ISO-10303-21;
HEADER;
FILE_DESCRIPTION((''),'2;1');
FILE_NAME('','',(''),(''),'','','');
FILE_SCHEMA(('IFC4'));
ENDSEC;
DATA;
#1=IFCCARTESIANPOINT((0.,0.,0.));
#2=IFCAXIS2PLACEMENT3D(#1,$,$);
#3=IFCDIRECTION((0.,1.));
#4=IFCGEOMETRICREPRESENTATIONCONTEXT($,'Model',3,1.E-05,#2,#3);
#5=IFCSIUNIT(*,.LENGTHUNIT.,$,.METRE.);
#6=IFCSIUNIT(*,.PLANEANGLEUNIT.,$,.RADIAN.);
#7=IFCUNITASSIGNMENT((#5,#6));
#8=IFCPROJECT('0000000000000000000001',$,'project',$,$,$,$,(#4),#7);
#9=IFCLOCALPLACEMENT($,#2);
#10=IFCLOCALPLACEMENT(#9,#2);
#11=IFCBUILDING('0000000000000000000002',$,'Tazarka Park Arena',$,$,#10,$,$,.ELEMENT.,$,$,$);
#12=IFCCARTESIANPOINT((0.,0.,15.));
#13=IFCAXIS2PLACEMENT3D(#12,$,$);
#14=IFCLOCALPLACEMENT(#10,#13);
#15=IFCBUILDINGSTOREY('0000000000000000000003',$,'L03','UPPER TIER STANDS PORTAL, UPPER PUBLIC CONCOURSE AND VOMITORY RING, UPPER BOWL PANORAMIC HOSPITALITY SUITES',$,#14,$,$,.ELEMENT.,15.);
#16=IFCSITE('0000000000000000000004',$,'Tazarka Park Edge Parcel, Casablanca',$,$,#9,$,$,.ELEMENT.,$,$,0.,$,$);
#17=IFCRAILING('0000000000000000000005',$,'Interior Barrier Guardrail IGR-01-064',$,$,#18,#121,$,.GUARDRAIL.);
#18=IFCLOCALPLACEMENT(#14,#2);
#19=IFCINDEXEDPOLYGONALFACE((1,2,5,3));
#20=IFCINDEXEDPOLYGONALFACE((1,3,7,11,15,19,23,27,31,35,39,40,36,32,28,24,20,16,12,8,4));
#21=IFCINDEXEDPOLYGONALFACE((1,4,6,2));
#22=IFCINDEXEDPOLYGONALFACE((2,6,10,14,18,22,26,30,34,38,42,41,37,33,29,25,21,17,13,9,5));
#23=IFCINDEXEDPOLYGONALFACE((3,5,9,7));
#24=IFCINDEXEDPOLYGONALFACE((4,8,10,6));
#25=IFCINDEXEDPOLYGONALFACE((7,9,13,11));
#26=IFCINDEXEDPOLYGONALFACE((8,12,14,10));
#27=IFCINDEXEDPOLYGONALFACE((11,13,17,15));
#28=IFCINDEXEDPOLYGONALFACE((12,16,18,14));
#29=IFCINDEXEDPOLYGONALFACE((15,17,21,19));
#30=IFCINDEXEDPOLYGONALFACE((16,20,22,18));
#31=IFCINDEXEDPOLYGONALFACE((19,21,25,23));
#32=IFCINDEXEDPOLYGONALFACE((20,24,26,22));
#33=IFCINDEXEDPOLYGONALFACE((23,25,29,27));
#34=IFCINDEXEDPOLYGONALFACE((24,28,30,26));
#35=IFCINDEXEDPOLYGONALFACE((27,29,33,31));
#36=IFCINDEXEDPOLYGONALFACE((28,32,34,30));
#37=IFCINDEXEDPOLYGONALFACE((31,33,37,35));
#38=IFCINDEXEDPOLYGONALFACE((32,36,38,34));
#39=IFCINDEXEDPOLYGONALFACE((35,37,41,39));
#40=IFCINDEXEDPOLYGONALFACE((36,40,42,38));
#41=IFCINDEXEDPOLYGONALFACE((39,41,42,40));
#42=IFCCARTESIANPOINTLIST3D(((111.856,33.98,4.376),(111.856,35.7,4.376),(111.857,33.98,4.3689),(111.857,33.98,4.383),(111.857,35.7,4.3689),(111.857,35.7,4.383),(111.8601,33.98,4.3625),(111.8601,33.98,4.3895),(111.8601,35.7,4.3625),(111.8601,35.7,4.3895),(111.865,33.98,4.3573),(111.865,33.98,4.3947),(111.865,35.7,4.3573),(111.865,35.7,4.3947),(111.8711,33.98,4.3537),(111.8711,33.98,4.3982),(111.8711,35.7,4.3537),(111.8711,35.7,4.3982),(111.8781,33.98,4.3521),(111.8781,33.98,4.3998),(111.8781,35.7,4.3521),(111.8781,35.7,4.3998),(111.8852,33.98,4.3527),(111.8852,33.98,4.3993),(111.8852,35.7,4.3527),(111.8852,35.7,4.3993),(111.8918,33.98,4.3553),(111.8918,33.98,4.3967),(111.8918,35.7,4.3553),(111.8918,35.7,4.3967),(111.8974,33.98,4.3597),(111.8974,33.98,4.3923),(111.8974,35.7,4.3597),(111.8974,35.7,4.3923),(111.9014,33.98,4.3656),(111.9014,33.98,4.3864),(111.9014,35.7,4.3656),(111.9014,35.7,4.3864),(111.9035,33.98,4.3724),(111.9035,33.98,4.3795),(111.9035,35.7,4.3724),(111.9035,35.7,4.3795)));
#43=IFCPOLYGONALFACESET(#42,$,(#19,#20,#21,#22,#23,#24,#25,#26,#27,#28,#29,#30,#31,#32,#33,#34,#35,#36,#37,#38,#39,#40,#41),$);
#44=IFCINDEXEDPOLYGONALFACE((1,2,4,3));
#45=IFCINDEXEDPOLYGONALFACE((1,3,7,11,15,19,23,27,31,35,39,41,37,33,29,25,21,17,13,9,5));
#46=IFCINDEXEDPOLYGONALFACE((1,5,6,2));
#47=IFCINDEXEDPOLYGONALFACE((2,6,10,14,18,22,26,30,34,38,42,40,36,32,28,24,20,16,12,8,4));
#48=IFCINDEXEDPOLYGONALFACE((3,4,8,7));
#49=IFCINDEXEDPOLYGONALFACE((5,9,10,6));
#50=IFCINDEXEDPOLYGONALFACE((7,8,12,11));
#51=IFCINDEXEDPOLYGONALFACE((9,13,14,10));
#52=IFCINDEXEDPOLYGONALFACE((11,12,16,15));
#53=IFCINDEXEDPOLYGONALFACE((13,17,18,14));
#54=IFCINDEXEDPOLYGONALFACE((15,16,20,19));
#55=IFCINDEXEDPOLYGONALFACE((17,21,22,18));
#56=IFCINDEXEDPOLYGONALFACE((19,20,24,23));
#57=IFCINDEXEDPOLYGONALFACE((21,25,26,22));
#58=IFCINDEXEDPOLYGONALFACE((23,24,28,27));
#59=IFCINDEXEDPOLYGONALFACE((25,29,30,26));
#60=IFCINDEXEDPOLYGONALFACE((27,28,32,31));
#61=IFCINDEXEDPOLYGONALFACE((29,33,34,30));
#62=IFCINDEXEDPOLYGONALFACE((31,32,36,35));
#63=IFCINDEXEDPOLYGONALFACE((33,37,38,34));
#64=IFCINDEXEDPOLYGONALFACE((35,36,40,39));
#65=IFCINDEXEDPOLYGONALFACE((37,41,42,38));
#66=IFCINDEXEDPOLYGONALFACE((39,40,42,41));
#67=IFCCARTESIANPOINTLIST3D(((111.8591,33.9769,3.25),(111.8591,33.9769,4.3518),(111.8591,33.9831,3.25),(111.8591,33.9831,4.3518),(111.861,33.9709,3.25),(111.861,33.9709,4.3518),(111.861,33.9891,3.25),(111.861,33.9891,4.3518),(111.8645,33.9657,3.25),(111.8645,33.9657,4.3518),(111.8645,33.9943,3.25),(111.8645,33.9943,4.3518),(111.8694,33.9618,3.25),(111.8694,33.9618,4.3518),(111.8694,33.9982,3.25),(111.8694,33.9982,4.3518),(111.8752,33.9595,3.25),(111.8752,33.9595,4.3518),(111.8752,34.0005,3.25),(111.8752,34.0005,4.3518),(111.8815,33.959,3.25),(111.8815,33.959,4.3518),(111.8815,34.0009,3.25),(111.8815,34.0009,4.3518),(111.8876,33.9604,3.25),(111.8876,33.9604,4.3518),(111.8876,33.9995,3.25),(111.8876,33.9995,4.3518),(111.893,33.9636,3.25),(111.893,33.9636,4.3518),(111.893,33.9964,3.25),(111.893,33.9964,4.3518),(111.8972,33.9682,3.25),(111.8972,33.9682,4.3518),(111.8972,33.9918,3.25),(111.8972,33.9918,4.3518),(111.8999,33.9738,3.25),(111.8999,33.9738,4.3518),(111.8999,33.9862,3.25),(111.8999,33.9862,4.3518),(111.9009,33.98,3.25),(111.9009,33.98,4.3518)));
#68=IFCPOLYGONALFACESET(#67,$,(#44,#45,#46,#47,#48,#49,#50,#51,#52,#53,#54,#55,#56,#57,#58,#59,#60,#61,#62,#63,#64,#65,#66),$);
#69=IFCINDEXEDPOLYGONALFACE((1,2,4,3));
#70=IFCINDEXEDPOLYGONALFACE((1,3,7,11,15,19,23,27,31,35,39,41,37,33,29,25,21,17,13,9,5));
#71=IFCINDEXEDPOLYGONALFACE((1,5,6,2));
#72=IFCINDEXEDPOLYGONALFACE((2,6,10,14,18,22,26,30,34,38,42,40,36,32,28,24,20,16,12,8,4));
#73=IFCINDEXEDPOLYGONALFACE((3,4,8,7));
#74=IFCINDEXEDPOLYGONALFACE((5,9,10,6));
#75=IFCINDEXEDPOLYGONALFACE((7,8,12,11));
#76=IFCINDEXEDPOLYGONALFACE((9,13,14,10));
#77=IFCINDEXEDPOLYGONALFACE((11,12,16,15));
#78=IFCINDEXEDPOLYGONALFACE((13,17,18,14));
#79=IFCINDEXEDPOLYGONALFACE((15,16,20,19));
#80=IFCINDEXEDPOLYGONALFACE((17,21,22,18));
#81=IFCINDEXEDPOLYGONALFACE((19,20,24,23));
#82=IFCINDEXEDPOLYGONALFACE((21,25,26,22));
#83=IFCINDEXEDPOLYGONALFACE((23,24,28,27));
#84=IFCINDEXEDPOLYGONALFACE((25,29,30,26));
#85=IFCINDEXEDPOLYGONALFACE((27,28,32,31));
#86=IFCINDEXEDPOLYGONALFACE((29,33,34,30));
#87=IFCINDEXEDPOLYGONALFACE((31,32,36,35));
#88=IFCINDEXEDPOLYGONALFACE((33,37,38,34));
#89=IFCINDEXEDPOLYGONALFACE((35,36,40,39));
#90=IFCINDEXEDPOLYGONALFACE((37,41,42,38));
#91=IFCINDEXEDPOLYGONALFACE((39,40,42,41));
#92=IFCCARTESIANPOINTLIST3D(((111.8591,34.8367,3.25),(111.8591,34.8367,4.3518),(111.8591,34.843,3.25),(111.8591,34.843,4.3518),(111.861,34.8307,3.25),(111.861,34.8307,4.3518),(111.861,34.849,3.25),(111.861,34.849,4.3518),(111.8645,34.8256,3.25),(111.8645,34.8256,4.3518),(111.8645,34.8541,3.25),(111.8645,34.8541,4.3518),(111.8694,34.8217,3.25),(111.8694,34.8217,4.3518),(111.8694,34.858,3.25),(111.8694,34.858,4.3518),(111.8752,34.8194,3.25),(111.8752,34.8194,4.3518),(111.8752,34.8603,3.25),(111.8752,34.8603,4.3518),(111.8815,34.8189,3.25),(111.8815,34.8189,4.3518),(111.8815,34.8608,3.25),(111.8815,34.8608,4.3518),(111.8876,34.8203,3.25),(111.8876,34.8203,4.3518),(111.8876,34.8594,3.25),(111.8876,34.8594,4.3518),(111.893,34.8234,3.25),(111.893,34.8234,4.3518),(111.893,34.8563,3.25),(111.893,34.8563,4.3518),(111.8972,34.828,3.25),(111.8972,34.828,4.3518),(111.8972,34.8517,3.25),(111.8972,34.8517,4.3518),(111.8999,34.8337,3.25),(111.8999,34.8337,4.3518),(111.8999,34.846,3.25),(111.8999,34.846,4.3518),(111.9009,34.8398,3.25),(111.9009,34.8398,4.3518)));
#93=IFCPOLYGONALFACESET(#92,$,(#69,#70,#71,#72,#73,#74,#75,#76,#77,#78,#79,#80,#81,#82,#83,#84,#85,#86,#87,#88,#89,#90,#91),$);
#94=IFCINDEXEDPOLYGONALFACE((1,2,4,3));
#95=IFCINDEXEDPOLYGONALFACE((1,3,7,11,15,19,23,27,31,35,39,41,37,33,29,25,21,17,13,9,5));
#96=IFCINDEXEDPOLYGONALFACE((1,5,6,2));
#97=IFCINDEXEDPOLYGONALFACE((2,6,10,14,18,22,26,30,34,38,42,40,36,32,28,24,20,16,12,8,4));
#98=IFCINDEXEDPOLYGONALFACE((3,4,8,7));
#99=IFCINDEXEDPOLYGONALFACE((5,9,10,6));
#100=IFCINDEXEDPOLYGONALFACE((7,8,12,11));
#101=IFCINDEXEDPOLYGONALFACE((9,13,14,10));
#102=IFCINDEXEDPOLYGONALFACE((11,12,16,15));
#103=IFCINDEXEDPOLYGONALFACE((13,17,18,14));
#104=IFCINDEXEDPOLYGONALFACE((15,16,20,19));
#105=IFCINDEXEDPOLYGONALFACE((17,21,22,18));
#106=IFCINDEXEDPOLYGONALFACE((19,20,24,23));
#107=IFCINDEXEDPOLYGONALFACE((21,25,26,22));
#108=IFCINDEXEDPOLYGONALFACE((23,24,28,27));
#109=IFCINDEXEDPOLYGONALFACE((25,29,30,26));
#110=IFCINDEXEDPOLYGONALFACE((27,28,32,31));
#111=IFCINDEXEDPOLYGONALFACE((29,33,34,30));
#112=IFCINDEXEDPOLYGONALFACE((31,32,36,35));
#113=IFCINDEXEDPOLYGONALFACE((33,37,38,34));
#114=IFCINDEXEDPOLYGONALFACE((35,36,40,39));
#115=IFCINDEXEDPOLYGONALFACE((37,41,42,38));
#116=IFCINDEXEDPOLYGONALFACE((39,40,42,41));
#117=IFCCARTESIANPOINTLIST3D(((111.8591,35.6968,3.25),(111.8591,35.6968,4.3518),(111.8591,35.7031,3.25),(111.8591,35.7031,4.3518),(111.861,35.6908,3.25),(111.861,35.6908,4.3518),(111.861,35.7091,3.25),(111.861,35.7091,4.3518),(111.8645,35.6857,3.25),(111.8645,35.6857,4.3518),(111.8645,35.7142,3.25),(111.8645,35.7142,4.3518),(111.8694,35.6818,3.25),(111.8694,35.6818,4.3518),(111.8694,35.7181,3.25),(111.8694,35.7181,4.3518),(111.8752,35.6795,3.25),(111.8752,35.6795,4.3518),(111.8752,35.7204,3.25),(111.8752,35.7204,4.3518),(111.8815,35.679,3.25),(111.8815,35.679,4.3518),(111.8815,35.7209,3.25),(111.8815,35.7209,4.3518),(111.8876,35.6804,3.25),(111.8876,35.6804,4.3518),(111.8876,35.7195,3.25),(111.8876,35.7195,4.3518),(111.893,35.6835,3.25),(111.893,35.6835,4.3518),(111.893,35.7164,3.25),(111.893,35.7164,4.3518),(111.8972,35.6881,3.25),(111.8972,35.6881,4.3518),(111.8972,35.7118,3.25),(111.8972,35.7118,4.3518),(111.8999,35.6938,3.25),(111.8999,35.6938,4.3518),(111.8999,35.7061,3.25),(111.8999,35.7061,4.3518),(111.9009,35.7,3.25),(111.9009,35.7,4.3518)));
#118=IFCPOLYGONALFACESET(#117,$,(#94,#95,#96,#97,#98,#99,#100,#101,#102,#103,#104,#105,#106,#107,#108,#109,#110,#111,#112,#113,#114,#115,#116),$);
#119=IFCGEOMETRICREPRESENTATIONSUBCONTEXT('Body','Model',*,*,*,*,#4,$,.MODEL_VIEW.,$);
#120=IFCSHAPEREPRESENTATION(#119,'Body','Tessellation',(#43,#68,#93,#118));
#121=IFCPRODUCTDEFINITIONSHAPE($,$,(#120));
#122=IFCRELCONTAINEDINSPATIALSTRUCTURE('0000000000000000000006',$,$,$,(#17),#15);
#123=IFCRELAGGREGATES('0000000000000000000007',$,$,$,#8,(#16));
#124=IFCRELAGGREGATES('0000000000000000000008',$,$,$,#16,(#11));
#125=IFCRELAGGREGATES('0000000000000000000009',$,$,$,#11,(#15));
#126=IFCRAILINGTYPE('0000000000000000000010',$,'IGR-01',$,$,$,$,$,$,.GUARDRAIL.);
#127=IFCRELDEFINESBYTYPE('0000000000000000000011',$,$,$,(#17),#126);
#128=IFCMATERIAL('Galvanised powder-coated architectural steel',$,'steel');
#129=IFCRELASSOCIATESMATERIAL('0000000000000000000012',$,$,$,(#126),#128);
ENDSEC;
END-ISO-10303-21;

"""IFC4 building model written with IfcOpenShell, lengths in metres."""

from ifc_helpers import new_model, si_unit, direction, frame, origin, origin_2d, place, context, subcontext, project, spatial, circle, extrude, material, type_object, element, save


model = new_model("IFC4")

# Units and contexts
model_context = context("Model", 3, precision=1e-05, world=origin(), true_north=direction((0.0, 1.0)))
body_context = subcontext(model_context, "Body", "Model", "MODEL_VIEW")
ifc_project = project(units=[si_unit("LENGTHUNIT", "METRE"), si_unit("PLANEANGLEUNIT", "RADIAN")], contexts=[model_context])

# Site, building, storey
site_placement = place(None, origin())
site = spatial("IfcSite", under=ifc_project, at=site_placement, Name="Tazarka Park Edge Parcel, Casablanca", CompositionType="ELEMENT", RefElevation=0.0)
building_placement = place(site_placement, origin())
building = spatial("IfcBuilding", under=site, at=building_placement, Name="Tazarka Park Arena", CompositionType="ELEMENT")
storey_placement = place(building_placement, frame((0.0, 0.0, 15.0)))
storey = spatial("IfcBuildingStorey", under=building, at=storey_placement, Name="L03", Description="UPPER TIER STANDS PORTAL, UPPER PUBLIC CONCOURSE AND VOMITORY RING, UPPER BOWL PANORAMIC HOSPITALITY SUITES", CompositionType="ELEMENT", Elevation=15.0)

# Railing
ifc_material_1 = material(Name="Galvanised powder-coated architectural steel", Category="steel")
railing_type = type_object("IfcRailingType", Name="IGR-01", PredefinedType="GUARDRAIL", material=ifc_material_1)
for number, where, name in (
    (1, (111.8799, 33.98, 3.25), "Interior Barrier Guardrail IGR-01-064"),
):
    element("IfcRailing", number, at=place(storey_placement, frame(where)), inside=storey, type_object=railing_type, Name=name, PredefinedType="GUARDRAIL", context=body_context, shape_type="SweptSolid", body=[
        extrude(circle(Radius=0.0239, at=origin_2d()), frame((0.0, 0.0, 1.126), z_axis=(0.0, 1.0, 0.0), x_axis=(-1.0, 0.0, 0.0)), (0.0, 0.0, 1.0), 1.72),
        extrude(circle(Radius=0.021, at=origin_2d()), origin(), (0.0, 0.0, 1.0), 1.1018),
        extrude(circle(Radius=0.021, at=origin_2d()), frame((0.0, 0.8599, 0.0)), (0.0, 0.0, 1.0), 1.1018),
        extrude(circle(Radius=0.021, at=origin_2d()), frame((0.0, 1.72, 0.0)), (0.0, 0.0, 1.0), 1.1018),
    ])

save(model, "model.ifc")
